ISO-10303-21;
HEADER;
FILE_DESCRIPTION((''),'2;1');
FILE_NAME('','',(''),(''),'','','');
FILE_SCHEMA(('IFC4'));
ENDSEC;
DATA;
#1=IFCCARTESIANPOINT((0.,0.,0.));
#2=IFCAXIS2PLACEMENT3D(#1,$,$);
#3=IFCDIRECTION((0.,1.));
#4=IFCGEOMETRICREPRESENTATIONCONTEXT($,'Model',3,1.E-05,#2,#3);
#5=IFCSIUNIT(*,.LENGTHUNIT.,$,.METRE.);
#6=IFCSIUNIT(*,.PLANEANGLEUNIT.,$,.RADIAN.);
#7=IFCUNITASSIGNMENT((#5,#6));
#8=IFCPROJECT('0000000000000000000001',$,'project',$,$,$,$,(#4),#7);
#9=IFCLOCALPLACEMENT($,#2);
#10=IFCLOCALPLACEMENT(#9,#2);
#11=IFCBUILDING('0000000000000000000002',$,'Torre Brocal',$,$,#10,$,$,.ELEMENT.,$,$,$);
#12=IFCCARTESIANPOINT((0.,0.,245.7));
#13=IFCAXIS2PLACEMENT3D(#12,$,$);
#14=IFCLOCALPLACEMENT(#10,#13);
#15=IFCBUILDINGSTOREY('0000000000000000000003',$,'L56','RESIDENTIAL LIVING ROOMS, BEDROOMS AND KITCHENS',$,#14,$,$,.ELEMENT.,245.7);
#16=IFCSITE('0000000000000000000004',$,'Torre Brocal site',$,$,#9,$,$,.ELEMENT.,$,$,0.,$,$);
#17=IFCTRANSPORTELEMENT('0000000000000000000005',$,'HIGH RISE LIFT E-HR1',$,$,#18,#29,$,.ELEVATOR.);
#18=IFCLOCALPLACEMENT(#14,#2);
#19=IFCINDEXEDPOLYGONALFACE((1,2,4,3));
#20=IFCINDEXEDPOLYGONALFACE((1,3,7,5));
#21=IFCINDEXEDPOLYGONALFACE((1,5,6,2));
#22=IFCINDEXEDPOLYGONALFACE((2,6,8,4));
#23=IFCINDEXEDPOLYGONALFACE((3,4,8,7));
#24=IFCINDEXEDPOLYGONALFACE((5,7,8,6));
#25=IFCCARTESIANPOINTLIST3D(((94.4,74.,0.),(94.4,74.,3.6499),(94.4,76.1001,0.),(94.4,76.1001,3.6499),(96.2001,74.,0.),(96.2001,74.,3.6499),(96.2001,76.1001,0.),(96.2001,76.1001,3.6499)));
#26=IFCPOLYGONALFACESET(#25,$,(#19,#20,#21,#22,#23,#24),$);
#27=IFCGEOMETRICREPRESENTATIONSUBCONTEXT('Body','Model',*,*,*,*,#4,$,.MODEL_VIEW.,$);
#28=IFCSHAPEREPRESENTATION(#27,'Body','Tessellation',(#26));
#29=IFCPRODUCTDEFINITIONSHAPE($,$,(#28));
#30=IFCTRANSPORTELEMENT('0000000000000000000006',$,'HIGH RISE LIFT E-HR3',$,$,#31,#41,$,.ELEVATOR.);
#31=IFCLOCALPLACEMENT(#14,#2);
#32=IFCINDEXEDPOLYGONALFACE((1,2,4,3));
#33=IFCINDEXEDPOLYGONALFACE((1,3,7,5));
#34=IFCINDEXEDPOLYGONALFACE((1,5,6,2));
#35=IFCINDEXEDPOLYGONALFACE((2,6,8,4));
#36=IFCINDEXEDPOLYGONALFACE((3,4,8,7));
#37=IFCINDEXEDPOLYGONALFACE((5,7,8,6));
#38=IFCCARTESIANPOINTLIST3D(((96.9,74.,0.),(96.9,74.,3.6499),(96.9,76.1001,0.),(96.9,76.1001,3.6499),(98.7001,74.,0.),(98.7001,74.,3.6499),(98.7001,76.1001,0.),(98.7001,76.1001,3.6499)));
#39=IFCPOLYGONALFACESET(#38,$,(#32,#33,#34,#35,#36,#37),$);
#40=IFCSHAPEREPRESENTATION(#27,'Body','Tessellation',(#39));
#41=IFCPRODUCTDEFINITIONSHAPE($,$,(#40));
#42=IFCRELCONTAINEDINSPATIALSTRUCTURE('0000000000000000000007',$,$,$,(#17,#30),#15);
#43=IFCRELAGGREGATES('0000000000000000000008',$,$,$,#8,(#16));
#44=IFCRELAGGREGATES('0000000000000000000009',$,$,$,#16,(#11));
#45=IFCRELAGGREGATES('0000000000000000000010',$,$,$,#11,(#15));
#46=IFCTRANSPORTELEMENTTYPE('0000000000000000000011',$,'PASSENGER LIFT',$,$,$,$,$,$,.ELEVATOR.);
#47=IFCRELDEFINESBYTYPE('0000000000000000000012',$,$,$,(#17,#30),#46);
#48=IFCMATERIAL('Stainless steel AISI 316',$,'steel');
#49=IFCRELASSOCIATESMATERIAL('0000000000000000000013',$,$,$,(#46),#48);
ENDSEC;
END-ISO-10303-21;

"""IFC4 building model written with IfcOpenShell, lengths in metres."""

from ifc_helpers import new_model, si_unit, direction, frame, origin, origin_2d, place, context, subcontext, project, spatial, rectangle, extrude, material, type_object, element, save


model = new_model("IFC4")

# Units and contexts
model_context = context("Model", 3, precision=1e-05, world=origin(), true_north=direction((0.0, 1.0)))
body_context = subcontext(model_context, "Body", "Model", "MODEL_VIEW")
ifc_project = project(units=[si_unit("LENGTHUNIT", "METRE"), si_unit("PLANEANGLEUNIT", "RADIAN")], contexts=[model_context])

# Site, building, storey
site_placement = place(None, origin())
site = spatial("IfcSite", under=ifc_project, at=site_placement, Name="Torre Brocal site", CompositionType="ELEMENT", RefElevation=0.0)
building_placement = place(site_placement, origin())
building = spatial("IfcBuilding", under=site, at=building_placement, Name="Torre Brocal", CompositionType="ELEMENT")
storey_placement = place(building_placement, frame((0.0, 0.0, 245.7)))
storey = spatial("IfcBuildingStorey", under=building, at=storey_placement, Name="L56", Description="RESIDENTIAL LIVING ROOMS, BEDROOMS AND KITCHENS", CompositionType="ELEMENT", Elevation=245.7)

# Transport elements
ifc_material_1 = material(Name="Stainless steel AISI 316", Category="steel")
transport_element_type = type_object("IfcTransportElementType", Name="PASSENGER LIFT", PredefinedType="ELEVATOR", material=ifc_material_1)
for number, where, z_axis, x_axis, name in (
    (1, (95.3, 75.05, 0.0), (0.0, 0.0, 1.0), (1.0, 0.0, 0.0), "HIGH RISE LIFT E-HR1"),
    (2, (97.8, 75.05, 0.0), (0.0, 0.0, 1.0), (1.0, 0.0, 0.0), "HIGH RISE LIFT E-HR3"),
):
    element("IfcTransportElement", number, at=place(storey_placement, frame(where, z_axis=z_axis, x_axis=x_axis)), inside=storey, type_object=transport_element_type, Name=name, PredefinedType="ELEVATOR", context=body_context, shape_type="SweptSolid", body=[
        extrude(rectangle(XDim=1.8, YDim=2.1001, at=origin_2d()), origin(), (0.0, 0.0, 1.0), 3.6499),
    ])

save(model, "model.ifc")
